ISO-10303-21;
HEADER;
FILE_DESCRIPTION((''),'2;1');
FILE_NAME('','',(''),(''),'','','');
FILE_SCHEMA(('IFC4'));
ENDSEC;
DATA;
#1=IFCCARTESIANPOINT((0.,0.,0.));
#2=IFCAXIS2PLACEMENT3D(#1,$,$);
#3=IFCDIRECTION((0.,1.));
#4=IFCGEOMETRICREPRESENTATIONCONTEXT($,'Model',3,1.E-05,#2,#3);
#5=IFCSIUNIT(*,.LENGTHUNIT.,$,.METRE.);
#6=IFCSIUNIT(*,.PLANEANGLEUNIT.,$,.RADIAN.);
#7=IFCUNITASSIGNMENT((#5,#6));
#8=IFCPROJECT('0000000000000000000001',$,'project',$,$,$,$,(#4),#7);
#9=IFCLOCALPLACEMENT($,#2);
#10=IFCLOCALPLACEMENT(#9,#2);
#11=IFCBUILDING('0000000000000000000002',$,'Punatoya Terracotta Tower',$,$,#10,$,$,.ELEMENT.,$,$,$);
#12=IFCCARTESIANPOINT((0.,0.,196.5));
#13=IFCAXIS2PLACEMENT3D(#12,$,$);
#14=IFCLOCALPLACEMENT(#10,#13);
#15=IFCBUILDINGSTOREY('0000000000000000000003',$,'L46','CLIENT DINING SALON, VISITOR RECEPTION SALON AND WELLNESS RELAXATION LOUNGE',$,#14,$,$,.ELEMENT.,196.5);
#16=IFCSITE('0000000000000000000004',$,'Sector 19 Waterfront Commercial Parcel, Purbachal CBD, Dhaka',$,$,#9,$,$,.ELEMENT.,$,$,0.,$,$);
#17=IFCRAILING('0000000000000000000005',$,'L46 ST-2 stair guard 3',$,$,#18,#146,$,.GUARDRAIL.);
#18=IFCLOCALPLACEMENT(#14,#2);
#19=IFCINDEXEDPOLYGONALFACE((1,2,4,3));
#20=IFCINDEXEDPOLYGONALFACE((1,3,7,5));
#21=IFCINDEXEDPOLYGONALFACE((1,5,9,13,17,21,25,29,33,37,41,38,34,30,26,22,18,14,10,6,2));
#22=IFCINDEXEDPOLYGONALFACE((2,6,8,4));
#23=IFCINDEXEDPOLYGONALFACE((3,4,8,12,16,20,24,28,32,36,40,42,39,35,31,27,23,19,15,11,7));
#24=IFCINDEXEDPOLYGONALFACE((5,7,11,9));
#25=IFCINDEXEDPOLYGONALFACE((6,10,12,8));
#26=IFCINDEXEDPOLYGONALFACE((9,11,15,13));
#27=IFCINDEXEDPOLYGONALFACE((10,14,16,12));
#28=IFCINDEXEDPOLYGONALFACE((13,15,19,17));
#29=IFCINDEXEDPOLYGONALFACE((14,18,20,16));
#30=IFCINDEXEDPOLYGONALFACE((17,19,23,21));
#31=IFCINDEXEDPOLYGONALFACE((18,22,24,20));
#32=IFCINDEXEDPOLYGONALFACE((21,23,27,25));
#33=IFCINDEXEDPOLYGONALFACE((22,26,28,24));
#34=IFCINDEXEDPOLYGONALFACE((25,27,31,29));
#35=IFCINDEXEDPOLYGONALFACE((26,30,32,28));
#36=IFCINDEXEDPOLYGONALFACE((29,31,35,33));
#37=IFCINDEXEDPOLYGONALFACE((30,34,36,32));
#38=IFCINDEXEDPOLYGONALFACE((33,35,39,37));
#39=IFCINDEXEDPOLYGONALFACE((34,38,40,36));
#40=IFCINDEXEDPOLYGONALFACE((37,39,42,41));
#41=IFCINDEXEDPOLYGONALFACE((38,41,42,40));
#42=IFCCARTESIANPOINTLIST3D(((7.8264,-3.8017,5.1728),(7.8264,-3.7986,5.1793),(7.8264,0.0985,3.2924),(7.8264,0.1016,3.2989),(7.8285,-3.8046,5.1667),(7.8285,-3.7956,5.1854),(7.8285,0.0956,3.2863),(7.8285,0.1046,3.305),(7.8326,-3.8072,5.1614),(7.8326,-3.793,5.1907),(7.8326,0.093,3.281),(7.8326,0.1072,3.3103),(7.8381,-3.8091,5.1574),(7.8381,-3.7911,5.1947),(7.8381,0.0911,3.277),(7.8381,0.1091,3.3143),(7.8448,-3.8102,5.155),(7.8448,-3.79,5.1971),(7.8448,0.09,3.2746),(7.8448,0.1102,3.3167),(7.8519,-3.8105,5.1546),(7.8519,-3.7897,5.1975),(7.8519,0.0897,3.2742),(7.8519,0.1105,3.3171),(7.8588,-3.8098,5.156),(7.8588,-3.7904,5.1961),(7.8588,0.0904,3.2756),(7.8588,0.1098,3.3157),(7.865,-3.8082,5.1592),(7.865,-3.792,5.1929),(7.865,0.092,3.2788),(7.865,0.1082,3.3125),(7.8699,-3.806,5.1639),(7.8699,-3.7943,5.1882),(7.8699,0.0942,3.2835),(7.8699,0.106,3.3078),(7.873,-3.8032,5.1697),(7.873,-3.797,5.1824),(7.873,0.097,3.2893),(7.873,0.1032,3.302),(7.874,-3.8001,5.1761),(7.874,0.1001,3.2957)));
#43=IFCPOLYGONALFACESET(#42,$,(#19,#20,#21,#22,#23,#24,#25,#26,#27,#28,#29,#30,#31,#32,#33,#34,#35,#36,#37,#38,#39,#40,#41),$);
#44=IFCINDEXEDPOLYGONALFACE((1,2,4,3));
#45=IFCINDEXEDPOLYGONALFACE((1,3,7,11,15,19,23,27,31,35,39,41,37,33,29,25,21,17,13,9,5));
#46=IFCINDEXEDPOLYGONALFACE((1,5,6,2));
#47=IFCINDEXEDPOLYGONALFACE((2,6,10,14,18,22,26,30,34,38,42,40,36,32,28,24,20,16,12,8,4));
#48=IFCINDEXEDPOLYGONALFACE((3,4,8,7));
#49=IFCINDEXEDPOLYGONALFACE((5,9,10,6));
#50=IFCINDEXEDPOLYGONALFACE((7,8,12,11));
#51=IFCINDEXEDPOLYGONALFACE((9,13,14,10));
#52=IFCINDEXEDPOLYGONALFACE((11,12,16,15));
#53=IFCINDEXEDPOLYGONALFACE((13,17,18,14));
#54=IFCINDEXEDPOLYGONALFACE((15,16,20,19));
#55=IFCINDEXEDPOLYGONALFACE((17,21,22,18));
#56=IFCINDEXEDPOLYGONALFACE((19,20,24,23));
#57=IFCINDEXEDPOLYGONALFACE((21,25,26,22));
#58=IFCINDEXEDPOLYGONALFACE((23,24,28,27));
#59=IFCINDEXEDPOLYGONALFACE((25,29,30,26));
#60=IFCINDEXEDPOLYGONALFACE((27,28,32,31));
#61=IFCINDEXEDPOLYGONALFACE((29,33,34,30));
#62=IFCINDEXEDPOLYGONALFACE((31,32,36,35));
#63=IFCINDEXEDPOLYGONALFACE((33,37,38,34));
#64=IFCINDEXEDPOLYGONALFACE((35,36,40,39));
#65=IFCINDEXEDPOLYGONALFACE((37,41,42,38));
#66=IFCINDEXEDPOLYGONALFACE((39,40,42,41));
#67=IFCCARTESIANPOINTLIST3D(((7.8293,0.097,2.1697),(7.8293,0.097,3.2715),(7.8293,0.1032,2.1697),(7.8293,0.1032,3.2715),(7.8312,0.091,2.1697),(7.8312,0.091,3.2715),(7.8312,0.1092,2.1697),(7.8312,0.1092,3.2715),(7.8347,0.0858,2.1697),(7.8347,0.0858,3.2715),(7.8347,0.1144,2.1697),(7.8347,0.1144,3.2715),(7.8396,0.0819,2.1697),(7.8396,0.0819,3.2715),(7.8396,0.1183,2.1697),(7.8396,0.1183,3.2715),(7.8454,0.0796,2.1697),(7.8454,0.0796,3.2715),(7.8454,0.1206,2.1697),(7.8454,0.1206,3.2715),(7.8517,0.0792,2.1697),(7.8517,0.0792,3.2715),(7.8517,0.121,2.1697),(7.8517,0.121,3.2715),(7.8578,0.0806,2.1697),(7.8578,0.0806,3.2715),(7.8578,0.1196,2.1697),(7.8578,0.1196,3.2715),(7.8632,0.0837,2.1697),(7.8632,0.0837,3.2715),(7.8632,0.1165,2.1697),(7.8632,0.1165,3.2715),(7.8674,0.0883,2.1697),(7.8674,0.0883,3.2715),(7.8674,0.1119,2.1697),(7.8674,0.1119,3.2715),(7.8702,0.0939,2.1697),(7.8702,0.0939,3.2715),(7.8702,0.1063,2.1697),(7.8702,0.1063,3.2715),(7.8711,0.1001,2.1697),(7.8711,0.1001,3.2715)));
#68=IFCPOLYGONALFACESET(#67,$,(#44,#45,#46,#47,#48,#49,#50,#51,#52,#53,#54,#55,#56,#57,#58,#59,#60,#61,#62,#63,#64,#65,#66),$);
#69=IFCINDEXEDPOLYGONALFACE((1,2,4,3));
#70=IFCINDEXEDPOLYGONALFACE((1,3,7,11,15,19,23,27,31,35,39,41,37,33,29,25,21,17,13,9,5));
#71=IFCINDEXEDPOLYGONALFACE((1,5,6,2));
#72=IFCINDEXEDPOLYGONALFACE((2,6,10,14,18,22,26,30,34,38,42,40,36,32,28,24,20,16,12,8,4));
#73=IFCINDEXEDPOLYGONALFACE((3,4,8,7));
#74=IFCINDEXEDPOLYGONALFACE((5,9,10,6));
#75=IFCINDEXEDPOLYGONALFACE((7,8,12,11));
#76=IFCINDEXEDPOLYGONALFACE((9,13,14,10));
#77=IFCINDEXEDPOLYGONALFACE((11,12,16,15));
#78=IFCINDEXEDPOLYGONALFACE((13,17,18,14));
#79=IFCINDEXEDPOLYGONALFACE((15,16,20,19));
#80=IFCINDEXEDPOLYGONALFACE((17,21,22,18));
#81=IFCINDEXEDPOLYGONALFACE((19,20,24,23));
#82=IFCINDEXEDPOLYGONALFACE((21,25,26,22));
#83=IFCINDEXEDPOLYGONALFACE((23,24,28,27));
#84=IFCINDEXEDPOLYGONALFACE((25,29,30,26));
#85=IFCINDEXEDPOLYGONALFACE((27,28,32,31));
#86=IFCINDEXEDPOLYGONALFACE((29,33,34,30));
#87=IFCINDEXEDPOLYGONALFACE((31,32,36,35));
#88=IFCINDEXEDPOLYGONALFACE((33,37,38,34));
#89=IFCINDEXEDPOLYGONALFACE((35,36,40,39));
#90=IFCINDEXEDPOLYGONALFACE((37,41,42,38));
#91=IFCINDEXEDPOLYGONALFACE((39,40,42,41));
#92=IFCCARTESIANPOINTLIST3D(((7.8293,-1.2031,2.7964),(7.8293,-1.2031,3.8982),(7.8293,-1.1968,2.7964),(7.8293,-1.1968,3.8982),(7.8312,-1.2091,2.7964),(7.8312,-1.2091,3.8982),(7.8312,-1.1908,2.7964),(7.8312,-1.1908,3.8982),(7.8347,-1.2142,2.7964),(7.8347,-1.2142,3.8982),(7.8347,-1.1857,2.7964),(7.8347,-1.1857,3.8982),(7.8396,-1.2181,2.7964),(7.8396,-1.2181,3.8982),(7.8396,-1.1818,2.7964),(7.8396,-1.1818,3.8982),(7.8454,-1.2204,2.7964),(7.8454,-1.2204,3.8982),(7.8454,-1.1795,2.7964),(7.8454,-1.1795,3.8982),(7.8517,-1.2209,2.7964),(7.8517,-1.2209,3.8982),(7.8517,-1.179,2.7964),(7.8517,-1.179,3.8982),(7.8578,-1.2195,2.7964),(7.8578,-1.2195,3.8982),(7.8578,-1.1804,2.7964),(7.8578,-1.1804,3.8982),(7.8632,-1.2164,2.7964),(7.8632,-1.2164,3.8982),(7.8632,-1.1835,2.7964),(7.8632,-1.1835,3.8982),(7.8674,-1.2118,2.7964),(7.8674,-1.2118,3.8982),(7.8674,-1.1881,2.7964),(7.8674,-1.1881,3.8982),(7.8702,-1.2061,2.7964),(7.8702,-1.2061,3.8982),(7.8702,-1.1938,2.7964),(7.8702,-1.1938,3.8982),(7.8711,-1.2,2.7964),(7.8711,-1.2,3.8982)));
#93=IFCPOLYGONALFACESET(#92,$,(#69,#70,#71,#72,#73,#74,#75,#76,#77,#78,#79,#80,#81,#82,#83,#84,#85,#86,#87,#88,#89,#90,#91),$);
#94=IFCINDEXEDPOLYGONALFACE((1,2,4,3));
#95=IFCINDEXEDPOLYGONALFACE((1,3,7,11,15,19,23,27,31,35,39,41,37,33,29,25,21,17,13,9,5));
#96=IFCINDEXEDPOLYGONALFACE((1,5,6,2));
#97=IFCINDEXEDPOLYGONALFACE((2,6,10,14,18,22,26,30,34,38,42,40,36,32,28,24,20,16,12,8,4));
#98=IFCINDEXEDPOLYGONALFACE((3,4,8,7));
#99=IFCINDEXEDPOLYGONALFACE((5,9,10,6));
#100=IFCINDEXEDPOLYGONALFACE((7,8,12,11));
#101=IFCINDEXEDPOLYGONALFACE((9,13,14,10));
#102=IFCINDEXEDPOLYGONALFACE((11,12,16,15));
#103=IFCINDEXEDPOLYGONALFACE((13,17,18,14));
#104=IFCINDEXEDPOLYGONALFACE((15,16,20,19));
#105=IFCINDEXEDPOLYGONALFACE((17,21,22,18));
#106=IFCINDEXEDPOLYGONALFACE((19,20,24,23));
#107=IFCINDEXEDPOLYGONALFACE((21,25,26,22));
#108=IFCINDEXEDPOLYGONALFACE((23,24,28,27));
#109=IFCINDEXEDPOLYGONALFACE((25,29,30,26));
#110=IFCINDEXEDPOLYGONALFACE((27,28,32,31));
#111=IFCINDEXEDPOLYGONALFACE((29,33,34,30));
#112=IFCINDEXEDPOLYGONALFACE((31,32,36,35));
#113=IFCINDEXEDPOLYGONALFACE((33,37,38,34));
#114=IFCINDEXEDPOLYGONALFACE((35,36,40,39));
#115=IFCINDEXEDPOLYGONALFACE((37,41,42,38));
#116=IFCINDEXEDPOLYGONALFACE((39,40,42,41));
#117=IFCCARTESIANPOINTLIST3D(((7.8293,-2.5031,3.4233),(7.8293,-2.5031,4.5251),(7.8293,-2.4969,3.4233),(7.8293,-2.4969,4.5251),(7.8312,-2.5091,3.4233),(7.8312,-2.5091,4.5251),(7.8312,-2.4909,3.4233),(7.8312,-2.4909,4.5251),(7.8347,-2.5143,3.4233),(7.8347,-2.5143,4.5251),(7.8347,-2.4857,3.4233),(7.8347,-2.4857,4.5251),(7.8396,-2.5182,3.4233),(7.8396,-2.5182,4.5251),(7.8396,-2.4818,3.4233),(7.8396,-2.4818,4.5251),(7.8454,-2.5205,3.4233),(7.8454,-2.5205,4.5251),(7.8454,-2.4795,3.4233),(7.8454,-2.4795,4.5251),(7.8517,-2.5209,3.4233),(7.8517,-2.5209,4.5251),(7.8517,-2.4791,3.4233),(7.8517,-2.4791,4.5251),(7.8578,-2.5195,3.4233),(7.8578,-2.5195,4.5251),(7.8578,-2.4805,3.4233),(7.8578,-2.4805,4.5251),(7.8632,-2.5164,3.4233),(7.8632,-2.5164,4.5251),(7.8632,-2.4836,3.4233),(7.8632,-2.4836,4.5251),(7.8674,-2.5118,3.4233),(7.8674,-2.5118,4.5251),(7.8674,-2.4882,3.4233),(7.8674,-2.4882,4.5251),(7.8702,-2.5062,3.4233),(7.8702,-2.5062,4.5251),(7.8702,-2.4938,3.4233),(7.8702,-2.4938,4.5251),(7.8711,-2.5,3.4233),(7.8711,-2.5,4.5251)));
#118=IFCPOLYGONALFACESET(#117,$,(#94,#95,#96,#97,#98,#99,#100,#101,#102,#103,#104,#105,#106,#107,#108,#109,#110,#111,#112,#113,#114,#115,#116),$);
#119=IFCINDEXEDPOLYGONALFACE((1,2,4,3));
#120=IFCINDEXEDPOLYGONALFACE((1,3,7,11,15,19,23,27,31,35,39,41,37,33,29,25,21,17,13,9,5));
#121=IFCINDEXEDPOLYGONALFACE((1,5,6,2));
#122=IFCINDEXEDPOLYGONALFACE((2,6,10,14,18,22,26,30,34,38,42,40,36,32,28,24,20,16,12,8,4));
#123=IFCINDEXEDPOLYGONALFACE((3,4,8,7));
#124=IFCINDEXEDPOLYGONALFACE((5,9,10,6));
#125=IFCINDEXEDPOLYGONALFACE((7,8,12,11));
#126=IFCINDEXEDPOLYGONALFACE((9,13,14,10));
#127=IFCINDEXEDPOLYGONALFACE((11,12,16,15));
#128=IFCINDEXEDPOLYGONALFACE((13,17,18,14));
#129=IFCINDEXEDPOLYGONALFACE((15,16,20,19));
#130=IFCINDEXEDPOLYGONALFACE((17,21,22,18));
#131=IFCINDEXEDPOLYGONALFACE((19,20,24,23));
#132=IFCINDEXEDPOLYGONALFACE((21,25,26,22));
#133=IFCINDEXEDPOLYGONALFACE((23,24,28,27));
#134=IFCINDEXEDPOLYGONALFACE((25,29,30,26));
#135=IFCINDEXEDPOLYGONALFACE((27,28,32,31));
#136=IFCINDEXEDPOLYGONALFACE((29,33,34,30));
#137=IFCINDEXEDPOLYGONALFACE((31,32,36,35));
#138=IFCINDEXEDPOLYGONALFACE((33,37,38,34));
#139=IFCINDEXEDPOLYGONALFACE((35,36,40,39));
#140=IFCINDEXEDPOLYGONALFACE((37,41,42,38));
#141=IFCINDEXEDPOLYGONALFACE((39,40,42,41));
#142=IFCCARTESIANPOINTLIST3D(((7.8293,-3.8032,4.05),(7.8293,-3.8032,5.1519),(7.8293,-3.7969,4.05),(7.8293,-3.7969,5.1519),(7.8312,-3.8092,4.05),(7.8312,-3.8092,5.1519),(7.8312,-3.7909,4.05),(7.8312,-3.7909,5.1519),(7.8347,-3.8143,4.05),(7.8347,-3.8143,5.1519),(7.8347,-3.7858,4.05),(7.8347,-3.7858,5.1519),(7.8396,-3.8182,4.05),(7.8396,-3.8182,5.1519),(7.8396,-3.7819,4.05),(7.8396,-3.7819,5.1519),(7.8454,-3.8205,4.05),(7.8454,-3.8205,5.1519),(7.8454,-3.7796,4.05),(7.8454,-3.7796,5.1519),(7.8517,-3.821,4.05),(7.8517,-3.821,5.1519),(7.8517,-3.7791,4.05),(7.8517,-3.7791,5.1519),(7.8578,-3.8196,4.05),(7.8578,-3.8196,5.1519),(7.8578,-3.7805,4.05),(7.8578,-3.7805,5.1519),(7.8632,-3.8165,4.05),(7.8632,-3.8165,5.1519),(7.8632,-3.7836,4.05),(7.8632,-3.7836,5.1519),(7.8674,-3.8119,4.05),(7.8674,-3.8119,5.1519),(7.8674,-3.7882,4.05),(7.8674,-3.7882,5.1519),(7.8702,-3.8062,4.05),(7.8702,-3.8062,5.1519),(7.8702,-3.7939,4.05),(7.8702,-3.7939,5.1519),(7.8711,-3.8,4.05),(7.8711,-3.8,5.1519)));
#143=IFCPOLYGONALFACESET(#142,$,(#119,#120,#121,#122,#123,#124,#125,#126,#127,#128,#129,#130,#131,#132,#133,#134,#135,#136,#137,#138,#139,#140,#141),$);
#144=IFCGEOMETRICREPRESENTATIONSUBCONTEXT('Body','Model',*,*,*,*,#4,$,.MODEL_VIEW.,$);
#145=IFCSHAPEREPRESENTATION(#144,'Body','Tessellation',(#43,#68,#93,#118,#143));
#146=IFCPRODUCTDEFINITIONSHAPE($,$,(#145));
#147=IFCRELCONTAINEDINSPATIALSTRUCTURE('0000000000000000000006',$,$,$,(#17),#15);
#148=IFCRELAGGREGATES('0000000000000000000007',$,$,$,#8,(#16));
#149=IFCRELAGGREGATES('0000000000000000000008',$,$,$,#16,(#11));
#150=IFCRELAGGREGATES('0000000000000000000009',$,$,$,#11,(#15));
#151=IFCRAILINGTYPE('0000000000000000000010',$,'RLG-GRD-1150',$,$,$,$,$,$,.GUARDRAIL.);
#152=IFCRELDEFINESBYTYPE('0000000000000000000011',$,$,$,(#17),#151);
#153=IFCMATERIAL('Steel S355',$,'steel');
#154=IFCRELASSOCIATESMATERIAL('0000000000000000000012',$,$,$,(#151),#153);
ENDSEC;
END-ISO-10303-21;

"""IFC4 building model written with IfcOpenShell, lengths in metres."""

from ifc_helpers import new_model, si_unit, direction, frame, origin, origin_2d, place, context, subcontext, project, spatial, circle, extrude, material, type_object, element, save


model = new_model("IFC4")

# Units and contexts
model_context = context("Model", 3, precision=1e-05, world=origin(), true_north=direction((0.0, 1.0)))
body_context = subcontext(model_context, "Body", "Model", "MODEL_VIEW")
ifc_project = project(units=[si_unit("LENGTHUNIT", "METRE"), si_unit("PLANEANGLEUNIT", "RADIAN")], contexts=[model_context])

# Site, building, storey
site_placement = place(None, origin())
site = spatial("IfcSite", under=ifc_project, at=site_placement, Name="Sector 19 Waterfront Commercial Parcel, Purbachal CBD, Dhaka", CompositionType="ELEMENT", RefElevation=0.0)
building_placement = place(site_placement, origin())
building = spatial("IfcBuilding", under=site, at=building_placement, Name="Punatoya Terracotta Tower", CompositionType="ELEMENT")
storey_placement = place(building_placement, frame((0.0, 0.0, 196.5)))
storey = spatial("IfcBuildingStorey", under=building, at=storey_placement, Name="L46", Description="CLIENT DINING SALON, VISITOR RECEPTION SALON AND WELLNESS RELAXATION LOUNGE", CompositionType="ELEMENT", Elevation=196.5)

# Shared definitions
ifc_material_1 = material(Name="Steel S355", Category="steel")

# Railing
railing_type_1 = type_object("IfcRailingType", Name="RLG-GRD-1150", PredefinedType="GUARDRAIL", material=ifc_material_1)
railing_1_placement = place(storey_placement, frame((7.8501, 0.1001, 2.1697)))
element("IfcRailing", 1, at=railing_1_placement, inside=storey, type_object=railing_type_1, Name="L46 ST-2 stair guard 3", PredefinedType="GUARDRAIL", context=body_context, shape_type="SweptSolid", body=[
    extrude(circle(Radius=0.0239, at=origin_2d()), frame((0.0, 0.0, 1.126), z_axis=(0.0, -0.900774, 0.434289), x_axis=(1.0, 0.0, 0.0)), (0.0, 0.0, 1.0), 4.3298),
    extrude(circle(Radius=0.021, at=origin_2d()), origin(), (0.0, 0.0, 1.0), 1.1018),
    extrude(circle(Radius=0.021, at=origin_2d()), frame((0.0, -1.3, 0.6267)), (0.0, 0.0, 1.0), 1.1018),
    extrude(circle(Radius=0.021, at=origin_2d()), frame((0.0, -2.6001, 1.2537)), (0.0, 0.0, 1.0), 1.1018),
    extrude(circle(Radius=0.021, at=origin_2d()), frame((0.0, -3.9001, 1.8804)), (0.0, 0.0, 1.0), 1.1018),
])

save(model, "model.ifc")
